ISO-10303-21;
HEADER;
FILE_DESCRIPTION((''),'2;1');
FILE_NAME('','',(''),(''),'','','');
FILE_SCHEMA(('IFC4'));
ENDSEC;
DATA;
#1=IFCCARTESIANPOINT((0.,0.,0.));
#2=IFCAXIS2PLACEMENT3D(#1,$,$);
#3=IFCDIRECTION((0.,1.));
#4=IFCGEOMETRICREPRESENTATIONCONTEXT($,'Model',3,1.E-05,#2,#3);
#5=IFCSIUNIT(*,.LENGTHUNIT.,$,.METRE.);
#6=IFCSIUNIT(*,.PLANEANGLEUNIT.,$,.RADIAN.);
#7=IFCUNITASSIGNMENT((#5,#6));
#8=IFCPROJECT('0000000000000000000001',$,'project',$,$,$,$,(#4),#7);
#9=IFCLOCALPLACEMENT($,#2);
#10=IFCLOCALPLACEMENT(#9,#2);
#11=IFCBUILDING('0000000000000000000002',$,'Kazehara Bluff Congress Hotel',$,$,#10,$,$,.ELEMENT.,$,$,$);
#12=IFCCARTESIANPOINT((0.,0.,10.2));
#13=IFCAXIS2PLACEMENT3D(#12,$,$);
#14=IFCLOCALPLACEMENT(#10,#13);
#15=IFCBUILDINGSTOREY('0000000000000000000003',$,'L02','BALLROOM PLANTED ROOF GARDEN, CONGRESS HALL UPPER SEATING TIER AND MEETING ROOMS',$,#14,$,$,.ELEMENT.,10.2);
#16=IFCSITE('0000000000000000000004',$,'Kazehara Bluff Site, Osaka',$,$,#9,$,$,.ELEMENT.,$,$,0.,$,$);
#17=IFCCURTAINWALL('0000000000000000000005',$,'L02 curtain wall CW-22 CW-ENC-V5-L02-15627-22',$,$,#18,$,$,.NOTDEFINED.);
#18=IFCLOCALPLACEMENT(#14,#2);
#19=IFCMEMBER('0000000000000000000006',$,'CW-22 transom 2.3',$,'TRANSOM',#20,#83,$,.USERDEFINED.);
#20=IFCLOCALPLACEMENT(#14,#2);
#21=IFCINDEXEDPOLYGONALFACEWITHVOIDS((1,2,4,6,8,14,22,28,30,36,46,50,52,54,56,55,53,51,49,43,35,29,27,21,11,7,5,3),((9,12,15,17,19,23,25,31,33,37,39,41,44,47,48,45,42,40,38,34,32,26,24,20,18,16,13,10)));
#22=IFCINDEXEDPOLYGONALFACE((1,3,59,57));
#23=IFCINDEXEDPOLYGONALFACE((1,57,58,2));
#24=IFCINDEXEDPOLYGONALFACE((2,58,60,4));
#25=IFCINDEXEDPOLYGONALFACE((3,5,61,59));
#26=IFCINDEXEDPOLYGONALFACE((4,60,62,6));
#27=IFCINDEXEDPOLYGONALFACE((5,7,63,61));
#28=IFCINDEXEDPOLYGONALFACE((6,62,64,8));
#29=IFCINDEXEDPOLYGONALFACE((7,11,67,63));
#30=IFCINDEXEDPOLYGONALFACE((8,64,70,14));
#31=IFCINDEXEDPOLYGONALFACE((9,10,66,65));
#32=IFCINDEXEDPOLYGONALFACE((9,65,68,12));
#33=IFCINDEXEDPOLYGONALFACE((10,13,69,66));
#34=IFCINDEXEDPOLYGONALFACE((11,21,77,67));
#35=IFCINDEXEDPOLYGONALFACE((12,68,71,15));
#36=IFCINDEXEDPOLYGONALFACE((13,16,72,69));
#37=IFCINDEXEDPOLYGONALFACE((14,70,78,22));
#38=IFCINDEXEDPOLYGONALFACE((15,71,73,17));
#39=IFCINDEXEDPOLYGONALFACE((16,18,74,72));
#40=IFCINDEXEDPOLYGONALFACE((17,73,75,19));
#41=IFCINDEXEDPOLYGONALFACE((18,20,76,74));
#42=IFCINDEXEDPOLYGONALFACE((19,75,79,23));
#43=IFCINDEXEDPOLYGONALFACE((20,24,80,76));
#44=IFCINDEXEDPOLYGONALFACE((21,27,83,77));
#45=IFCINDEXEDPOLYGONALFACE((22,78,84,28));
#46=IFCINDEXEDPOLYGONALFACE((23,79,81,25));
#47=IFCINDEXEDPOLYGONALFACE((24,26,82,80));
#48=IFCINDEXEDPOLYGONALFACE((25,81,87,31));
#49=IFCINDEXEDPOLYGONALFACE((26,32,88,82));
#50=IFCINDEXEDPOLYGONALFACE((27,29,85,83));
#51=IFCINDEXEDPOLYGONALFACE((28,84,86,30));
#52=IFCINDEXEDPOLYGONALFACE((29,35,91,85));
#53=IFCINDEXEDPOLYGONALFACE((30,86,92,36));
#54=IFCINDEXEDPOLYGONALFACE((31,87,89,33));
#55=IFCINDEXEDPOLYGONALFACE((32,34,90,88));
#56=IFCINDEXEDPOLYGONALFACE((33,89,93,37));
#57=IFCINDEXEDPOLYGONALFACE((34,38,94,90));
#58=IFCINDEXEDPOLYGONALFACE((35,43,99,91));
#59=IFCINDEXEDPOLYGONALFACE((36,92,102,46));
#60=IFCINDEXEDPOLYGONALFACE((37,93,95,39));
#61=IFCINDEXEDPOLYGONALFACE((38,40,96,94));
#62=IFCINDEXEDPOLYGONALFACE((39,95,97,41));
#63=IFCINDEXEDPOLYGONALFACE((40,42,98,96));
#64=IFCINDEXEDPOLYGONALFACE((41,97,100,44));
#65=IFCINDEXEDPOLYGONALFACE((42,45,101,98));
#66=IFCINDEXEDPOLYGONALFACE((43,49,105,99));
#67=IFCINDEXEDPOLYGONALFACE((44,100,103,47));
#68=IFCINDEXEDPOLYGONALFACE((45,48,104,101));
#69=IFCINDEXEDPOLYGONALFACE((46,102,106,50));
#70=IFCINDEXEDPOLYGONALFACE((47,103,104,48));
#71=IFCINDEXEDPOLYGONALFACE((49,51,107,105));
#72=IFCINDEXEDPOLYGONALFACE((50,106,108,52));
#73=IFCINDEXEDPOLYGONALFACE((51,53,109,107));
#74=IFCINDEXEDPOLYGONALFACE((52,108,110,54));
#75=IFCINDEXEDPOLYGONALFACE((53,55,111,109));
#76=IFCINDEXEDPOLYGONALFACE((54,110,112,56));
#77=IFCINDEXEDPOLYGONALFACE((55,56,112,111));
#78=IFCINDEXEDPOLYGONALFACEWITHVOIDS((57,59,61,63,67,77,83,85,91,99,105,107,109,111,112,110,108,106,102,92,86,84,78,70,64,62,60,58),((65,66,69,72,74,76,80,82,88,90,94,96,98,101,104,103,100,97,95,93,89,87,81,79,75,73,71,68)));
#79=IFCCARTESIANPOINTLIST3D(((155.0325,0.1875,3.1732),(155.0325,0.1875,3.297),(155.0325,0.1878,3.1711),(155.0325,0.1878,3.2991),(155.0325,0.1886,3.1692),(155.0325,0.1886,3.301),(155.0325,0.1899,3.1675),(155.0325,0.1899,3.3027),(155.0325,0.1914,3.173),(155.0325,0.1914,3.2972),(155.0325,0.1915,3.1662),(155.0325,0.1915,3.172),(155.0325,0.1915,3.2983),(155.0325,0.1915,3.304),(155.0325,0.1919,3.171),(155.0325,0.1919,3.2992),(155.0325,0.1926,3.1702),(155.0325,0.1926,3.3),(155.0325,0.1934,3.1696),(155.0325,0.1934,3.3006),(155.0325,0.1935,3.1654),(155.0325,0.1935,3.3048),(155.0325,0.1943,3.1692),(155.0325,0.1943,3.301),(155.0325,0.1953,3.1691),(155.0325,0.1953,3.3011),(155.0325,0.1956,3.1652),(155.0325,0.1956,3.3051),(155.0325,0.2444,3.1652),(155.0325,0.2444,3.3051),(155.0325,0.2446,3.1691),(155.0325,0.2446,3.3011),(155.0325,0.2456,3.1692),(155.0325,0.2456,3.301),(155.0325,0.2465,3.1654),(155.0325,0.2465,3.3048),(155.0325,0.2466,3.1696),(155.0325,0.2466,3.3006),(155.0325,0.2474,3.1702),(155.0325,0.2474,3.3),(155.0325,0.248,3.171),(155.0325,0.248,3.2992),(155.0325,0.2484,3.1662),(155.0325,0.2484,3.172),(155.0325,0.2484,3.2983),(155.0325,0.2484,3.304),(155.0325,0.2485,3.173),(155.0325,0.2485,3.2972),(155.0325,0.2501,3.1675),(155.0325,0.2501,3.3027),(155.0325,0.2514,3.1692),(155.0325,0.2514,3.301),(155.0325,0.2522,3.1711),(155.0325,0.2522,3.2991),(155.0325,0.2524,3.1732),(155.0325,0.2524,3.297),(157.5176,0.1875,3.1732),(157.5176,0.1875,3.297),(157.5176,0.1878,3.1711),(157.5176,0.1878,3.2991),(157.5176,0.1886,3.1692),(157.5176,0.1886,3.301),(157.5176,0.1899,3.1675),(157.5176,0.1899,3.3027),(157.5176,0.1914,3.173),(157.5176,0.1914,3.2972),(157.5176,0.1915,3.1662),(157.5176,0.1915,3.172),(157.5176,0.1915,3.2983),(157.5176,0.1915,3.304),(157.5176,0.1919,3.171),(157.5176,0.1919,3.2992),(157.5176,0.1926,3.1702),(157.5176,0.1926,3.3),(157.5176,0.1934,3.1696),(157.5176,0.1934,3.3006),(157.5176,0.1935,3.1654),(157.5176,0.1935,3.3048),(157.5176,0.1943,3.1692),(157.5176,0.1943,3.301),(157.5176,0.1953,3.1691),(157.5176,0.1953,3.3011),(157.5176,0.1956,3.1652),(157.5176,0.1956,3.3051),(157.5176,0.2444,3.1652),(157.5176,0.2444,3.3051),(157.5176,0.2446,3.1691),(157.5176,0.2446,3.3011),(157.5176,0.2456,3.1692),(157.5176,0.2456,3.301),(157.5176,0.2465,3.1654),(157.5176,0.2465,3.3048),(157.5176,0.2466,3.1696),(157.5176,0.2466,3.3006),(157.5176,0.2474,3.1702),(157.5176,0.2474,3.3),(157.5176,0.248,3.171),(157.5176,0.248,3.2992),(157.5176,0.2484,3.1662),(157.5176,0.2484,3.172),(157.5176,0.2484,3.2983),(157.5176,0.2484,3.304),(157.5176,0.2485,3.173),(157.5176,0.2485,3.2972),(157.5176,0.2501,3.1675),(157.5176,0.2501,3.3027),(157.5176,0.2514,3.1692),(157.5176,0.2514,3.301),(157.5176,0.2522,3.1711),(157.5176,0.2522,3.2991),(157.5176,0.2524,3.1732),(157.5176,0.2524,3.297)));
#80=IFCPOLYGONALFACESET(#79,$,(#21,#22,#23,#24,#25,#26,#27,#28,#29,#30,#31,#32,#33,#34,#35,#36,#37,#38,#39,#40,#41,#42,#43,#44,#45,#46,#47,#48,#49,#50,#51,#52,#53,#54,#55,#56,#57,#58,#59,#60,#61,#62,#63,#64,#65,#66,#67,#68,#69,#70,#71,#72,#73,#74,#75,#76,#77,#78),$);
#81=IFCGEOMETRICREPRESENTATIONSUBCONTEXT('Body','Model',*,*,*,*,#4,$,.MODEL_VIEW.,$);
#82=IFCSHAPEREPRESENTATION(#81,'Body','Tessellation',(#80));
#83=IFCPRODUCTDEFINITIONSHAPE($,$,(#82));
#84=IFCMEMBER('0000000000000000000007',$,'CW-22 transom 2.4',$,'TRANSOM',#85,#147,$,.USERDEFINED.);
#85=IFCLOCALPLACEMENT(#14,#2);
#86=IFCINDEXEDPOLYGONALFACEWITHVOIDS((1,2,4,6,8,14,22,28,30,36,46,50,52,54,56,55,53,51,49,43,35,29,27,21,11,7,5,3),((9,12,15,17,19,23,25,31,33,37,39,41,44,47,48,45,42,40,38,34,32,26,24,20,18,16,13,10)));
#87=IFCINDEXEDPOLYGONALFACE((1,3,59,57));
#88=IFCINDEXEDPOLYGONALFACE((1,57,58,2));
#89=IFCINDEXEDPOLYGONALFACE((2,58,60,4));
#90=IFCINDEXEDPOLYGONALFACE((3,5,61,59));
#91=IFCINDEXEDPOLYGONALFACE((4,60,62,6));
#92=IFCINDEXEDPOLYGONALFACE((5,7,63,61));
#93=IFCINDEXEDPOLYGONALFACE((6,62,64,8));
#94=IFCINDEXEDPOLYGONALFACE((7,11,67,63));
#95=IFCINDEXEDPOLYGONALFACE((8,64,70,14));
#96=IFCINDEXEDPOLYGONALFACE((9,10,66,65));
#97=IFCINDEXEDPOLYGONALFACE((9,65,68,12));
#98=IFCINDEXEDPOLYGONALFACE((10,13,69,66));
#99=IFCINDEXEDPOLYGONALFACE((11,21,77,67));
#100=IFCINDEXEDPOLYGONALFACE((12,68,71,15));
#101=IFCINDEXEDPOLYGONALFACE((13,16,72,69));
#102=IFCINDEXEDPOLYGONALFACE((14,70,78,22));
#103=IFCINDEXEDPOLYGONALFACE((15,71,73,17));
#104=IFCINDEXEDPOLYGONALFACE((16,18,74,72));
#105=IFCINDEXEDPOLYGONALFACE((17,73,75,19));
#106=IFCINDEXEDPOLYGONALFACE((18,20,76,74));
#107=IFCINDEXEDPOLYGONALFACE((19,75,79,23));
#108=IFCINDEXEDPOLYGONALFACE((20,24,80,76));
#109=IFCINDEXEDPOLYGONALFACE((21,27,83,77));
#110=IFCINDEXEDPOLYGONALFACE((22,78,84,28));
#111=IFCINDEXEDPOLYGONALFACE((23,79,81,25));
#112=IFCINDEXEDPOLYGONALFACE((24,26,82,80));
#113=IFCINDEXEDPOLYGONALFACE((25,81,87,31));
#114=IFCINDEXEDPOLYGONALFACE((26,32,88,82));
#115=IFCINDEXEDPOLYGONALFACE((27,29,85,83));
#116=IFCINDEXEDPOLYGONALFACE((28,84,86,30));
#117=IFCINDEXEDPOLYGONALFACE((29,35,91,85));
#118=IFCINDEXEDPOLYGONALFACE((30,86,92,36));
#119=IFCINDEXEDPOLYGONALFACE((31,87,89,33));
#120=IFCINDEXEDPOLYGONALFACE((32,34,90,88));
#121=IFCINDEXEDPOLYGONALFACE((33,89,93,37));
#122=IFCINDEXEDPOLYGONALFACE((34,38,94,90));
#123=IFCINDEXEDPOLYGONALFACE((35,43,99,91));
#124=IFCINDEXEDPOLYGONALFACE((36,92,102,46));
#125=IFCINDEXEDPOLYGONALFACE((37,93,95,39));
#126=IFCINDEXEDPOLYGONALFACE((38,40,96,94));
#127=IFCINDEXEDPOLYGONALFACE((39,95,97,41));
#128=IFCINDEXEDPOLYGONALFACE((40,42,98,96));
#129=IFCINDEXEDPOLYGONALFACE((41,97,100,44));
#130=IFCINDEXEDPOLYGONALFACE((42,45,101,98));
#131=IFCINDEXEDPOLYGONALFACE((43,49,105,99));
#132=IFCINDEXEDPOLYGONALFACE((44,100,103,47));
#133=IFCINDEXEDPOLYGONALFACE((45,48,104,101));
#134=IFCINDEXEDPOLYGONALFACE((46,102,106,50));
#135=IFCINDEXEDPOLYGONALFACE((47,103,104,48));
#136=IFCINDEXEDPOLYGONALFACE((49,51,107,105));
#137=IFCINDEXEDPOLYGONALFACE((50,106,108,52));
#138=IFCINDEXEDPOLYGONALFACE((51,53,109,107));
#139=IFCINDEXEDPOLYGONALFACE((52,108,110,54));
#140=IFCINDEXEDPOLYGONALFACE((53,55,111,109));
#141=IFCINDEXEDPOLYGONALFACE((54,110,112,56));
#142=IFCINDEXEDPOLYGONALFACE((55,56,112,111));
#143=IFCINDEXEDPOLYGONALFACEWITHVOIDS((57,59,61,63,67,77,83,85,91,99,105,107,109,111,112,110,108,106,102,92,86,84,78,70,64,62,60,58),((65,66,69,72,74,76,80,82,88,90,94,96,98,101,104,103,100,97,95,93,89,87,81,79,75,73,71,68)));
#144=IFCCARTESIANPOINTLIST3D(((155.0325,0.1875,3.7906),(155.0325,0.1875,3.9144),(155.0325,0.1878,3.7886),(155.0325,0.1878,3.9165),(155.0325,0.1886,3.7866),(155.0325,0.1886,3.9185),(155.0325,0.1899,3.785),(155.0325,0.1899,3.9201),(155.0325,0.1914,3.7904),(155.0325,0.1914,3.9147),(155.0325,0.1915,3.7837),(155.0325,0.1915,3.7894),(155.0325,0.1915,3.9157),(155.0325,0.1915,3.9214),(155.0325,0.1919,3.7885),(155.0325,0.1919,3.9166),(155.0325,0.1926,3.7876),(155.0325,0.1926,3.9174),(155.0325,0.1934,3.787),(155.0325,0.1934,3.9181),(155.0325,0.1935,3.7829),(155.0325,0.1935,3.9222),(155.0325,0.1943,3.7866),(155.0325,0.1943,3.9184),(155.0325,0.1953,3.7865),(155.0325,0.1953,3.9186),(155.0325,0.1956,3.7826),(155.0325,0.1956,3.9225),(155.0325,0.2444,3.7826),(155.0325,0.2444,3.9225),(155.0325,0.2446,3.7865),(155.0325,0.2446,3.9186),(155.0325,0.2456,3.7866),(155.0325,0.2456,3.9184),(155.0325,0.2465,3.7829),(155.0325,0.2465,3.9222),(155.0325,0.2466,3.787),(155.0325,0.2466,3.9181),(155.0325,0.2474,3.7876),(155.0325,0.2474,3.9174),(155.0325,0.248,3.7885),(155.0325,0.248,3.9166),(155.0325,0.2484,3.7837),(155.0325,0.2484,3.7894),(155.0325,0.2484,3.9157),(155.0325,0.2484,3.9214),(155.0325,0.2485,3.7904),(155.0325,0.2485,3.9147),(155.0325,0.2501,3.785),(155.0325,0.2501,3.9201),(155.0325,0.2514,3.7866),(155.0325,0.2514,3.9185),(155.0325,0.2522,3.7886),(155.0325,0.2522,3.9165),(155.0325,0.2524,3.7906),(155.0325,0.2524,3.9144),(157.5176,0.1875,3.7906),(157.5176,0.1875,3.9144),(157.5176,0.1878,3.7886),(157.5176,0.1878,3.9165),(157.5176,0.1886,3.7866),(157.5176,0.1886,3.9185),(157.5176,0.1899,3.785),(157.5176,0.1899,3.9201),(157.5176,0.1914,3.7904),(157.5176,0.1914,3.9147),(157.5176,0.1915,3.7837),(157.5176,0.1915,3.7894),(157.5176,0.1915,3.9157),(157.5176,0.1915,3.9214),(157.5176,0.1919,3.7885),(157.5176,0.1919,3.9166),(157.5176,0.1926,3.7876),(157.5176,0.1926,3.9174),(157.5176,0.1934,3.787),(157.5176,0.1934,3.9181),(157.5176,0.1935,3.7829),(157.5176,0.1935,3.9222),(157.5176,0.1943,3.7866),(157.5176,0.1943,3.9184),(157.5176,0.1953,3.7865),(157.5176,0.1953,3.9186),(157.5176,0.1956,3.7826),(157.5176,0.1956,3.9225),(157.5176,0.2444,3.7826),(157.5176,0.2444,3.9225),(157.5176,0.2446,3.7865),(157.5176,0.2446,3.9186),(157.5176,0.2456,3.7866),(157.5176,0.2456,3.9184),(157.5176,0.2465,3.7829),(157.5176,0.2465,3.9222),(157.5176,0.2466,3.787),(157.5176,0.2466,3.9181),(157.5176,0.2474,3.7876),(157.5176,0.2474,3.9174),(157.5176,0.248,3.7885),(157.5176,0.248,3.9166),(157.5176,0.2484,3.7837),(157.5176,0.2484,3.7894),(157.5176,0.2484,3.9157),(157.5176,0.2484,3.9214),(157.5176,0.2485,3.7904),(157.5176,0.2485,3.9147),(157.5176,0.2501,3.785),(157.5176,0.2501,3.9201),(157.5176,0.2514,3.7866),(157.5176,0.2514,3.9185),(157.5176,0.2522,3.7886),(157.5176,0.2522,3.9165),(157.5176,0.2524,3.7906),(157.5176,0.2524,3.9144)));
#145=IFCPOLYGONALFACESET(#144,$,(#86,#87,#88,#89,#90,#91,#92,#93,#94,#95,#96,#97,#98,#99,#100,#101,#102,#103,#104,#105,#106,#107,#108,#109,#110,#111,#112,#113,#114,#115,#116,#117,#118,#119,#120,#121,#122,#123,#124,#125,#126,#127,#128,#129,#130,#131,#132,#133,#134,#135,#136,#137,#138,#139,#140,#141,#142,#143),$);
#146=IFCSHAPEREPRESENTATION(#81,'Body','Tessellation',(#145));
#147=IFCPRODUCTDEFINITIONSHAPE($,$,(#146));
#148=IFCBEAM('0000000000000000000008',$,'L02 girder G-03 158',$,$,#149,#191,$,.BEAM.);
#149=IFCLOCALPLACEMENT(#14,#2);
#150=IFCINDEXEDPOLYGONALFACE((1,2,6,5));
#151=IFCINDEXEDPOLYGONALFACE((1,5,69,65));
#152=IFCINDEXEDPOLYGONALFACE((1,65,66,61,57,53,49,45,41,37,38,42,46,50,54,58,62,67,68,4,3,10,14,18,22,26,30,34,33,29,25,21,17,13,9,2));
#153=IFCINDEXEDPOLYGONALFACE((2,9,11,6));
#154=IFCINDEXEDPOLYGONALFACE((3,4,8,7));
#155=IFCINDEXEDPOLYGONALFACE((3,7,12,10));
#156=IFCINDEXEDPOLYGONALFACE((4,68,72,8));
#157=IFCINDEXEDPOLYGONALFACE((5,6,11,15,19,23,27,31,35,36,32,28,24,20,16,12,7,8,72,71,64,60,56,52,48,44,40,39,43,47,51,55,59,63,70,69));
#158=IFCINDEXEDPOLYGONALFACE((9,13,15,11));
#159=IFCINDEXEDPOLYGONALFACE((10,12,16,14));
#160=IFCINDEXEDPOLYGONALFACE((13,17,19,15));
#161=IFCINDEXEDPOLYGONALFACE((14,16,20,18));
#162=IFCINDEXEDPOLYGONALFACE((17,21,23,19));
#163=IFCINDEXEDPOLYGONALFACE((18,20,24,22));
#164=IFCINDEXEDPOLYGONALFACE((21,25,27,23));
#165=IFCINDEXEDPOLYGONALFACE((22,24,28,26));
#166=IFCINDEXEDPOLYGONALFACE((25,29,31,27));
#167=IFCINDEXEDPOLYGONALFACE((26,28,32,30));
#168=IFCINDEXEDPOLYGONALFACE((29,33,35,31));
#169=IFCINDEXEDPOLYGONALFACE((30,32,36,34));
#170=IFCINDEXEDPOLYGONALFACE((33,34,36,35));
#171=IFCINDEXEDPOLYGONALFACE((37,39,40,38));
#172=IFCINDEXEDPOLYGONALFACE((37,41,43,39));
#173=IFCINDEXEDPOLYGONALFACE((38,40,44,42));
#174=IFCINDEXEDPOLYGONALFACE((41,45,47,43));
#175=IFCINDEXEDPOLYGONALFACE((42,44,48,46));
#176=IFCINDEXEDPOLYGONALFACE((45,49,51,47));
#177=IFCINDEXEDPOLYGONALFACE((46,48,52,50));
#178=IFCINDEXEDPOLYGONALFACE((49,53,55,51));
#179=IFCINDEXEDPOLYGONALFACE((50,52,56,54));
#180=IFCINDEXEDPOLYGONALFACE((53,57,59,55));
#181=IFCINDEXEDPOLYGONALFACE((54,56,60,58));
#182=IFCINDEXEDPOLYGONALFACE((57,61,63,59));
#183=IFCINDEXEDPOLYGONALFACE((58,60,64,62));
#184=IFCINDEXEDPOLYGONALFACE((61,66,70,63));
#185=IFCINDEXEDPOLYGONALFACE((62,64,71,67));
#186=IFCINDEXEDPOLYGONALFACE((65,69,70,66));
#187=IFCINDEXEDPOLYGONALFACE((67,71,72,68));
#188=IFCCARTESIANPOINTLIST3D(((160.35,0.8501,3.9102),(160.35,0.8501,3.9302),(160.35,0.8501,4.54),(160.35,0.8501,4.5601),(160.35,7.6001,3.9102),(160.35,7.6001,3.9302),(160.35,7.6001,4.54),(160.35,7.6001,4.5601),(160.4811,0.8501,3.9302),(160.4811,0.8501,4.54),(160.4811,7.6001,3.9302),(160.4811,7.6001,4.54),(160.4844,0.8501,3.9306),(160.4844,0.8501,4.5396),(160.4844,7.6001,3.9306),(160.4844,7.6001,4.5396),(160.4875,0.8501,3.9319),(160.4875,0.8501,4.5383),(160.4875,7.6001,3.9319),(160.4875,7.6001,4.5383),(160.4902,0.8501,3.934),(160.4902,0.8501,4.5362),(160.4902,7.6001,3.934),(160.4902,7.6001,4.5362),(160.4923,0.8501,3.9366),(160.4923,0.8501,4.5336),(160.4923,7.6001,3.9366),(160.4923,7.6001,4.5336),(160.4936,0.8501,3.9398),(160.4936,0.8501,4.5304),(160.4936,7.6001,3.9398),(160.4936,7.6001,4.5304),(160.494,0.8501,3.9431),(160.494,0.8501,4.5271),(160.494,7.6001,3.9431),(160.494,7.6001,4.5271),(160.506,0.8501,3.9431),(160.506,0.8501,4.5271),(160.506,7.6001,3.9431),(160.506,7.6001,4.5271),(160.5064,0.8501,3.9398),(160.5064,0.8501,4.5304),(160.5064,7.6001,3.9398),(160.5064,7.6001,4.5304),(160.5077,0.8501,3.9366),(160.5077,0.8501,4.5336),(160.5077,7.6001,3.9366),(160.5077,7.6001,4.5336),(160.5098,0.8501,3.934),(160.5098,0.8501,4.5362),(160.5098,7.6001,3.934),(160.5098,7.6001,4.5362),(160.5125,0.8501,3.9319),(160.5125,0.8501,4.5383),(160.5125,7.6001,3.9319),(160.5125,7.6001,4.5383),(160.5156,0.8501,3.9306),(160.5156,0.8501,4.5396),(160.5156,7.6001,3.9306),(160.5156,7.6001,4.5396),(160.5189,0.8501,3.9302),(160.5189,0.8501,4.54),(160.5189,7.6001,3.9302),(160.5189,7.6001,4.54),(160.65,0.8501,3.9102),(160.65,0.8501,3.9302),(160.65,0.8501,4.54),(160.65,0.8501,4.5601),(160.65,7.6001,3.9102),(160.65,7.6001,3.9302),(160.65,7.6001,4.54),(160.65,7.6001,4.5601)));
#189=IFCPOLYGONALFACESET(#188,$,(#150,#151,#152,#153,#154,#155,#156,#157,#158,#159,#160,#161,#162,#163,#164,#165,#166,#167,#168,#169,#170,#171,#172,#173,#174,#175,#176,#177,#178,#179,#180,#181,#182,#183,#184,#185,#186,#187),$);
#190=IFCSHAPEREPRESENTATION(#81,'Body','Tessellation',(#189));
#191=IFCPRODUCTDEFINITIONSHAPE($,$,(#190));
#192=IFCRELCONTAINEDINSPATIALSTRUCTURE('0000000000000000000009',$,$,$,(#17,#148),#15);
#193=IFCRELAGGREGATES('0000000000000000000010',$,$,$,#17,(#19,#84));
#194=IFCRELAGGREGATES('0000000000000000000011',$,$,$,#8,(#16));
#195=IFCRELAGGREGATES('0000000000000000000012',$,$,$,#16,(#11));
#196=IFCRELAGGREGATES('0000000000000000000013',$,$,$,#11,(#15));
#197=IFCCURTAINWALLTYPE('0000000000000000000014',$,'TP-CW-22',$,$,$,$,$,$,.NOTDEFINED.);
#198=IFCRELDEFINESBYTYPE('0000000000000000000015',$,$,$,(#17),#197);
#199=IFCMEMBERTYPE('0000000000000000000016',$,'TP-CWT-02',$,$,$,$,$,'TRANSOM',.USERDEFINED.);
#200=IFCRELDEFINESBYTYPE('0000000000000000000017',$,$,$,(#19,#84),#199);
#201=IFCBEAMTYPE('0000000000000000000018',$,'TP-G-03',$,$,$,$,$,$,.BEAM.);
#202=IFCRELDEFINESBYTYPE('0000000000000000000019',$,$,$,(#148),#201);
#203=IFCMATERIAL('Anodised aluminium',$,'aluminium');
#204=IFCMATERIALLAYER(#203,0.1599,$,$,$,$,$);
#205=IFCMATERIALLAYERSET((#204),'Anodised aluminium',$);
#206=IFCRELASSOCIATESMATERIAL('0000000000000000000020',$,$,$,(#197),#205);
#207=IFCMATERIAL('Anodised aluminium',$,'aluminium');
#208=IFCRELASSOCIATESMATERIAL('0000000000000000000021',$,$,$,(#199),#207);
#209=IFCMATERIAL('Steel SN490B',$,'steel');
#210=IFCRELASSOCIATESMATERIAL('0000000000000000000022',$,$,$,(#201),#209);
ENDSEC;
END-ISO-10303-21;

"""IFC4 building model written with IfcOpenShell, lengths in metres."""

from ifc_helpers import new_model, si_unit, direction, frame, origin, origin_2d, place, context, subcontext, project, spatial, hollow_rectangle, i_section, extrude, material, layer, layer_set, material_profile, profile_set, type_object, element, aggregate, save


model = new_model("IFC4")

# Units and contexts
model_context = context("Model", 3, precision=1e-05, world=origin(), true_north=direction((0.0, 1.0)))
body_context = subcontext(model_context, "Body", "Model", "MODEL_VIEW")
ifc_project = project(units=[si_unit("LENGTHUNIT", "METRE"), si_unit("PLANEANGLEUNIT", "RADIAN")], contexts=[model_context])

# Site, building, storey
site_placement = place(None, origin())
site = spatial("IfcSite", under=ifc_project, at=site_placement, Name="Kazehara Bluff Site, Osaka", CompositionType="ELEMENT", RefElevation=0.0)
building_placement = place(site_placement, origin())
building = spatial("IfcBuilding", under=site, at=building_placement, Name="Kazehara Bluff Congress Hotel", CompositionType="ELEMENT")
storey_placement = place(building_placement, frame((0.0, 0.0, 10.2)))
storey = spatial("IfcBuildingStorey", under=building, at=storey_placement, Name="L02", Description="BALLROOM PLANTED ROOF GARDEN, CONGRESS HALL UPPER SEATING TIER AND MEETING ROOMS", CompositionType="ELEMENT", Elevation=10.2)

# Curtain wall
ifc_material_1 = material(Name="Anodised aluminium", Category="aluminium")
ifc_layer_1 = layer(ifc_material_1, 0.1599)
ifc_layer_set_1 = layer_set([ifc_layer_1], Name="Anodised aluminium")
curtain_wall_type_1 = type_object("IfcCurtainWallType", Name="TP-CW-22", PredefinedType="NOTDEFINED", material=ifc_layer_set_1)
curtain_wall_1_placement = place(storey_placement, origin())
curtain_wall_1 = element("IfcCurtainWall", 1, at=curtain_wall_1_placement, inside=storey, type_object=curtain_wall_type_1, Name="L02 curtain wall CW-22 CW-ENC-V5-L02-15627-22", PredefinedType="NOTDEFINED")

# Members
ifc_material_2 = material(Name="Anodised aluminium", Category="aluminium")
ifc_material_profile_1 = material_profile(ifc_material_2, hollow_rectangle(XDim=0.0649, YDim=0.1399, WallThickness=0.0039, InnerFilletRadius=0.0039, OuterFilletRadius=0.0081, at=origin_2d()))
ifc_profile_set_1 = profile_set([ifc_material_profile_1], Name="Anodised aluminium")
member_type_1 = type_object("IfcMemberType", Name="TP-CWT-02", ElementType="TRANSOM", PredefinedType="USERDEFINED", material=ifc_profile_set_1)
member_1_placement = place(storey_placement, frame((157.5176, 0.22, 3.2351), z_axis=(-1.0, 0.0, 0.0), x_axis=(0.0, -1.0, 0.0)))
member_1 = element("IfcMember", 2, at=member_1_placement, type_object=member_type_1, Name="CW-22 transom 2.3", ObjectType="TRANSOM", PredefinedType="USERDEFINED", context=body_context, shape_type="SweptSolid", body=[
    extrude(hollow_rectangle(XDim=0.0649, YDim=0.1399, WallThickness=0.0039, InnerFilletRadius=0.0039, OuterFilletRadius=0.0081, at=origin_2d()), origin(), (0.0, 0.0, 1.0), 2.4851),
])
member_2_placement = place(storey_placement, frame((157.5176, 0.22, 3.8525), z_axis=(-1.0, 0.0, 0.0), x_axis=(0.0, -1.0, 0.0)))
member_2 = element("IfcMember", 3, at=member_2_placement, type_object=member_type_1, Name="CW-22 transom 2.4", ObjectType="TRANSOM", PredefinedType="USERDEFINED", context=body_context, shape_type="SweptSolid", body=[
    extrude(hollow_rectangle(XDim=0.0649, YDim=0.1399, WallThickness=0.0039, InnerFilletRadius=0.0039, OuterFilletRadius=0.0081, at=origin_2d()), origin(), (0.0, 0.0, 1.0), 2.4851),
])

# Beam
ifc_material_3 = material(Name="Steel SN490B", Category="steel")
ifc_material_profile_2 = material_profile(ifc_material_3, i_section(OverallWidth=0.3, OverallDepth=0.6499, WebThickness=0.012, FlangeThickness=0.02, FilletRadius=0.0129, at=origin_2d()))
ifc_profile_set_2 = profile_set([ifc_material_profile_2], Name="Steel SN490B")
beam_type_1 = type_object("IfcBeamType", Name="TP-G-03", PredefinedType="BEAM", material=ifc_profile_set_2)
beam_1_placement = place(storey_placement, frame((160.5, 0.8501, 4.2351), z_axis=(0.0, 1.0, 0.0), x_axis=(-1.0, 0.0, 0.0)))
element("IfcBeam", 4, at=beam_1_placement, inside=storey, type_object=beam_type_1, Name="L02 girder G-03 158", PredefinedType="BEAM", context=body_context, shape_type="SweptSolid", body=[
    extrude(i_section(OverallWidth=0.3, OverallDepth=0.6499, WebThickness=0.012, FlangeThickness=0.02, FilletRadius=0.0129, at=origin_2d()), origin(), (0.0, 0.0, 1.0), 6.75),
])

aggregate(curtain_wall_1, [member_1, member_2])

save(model, "model.ifc")
